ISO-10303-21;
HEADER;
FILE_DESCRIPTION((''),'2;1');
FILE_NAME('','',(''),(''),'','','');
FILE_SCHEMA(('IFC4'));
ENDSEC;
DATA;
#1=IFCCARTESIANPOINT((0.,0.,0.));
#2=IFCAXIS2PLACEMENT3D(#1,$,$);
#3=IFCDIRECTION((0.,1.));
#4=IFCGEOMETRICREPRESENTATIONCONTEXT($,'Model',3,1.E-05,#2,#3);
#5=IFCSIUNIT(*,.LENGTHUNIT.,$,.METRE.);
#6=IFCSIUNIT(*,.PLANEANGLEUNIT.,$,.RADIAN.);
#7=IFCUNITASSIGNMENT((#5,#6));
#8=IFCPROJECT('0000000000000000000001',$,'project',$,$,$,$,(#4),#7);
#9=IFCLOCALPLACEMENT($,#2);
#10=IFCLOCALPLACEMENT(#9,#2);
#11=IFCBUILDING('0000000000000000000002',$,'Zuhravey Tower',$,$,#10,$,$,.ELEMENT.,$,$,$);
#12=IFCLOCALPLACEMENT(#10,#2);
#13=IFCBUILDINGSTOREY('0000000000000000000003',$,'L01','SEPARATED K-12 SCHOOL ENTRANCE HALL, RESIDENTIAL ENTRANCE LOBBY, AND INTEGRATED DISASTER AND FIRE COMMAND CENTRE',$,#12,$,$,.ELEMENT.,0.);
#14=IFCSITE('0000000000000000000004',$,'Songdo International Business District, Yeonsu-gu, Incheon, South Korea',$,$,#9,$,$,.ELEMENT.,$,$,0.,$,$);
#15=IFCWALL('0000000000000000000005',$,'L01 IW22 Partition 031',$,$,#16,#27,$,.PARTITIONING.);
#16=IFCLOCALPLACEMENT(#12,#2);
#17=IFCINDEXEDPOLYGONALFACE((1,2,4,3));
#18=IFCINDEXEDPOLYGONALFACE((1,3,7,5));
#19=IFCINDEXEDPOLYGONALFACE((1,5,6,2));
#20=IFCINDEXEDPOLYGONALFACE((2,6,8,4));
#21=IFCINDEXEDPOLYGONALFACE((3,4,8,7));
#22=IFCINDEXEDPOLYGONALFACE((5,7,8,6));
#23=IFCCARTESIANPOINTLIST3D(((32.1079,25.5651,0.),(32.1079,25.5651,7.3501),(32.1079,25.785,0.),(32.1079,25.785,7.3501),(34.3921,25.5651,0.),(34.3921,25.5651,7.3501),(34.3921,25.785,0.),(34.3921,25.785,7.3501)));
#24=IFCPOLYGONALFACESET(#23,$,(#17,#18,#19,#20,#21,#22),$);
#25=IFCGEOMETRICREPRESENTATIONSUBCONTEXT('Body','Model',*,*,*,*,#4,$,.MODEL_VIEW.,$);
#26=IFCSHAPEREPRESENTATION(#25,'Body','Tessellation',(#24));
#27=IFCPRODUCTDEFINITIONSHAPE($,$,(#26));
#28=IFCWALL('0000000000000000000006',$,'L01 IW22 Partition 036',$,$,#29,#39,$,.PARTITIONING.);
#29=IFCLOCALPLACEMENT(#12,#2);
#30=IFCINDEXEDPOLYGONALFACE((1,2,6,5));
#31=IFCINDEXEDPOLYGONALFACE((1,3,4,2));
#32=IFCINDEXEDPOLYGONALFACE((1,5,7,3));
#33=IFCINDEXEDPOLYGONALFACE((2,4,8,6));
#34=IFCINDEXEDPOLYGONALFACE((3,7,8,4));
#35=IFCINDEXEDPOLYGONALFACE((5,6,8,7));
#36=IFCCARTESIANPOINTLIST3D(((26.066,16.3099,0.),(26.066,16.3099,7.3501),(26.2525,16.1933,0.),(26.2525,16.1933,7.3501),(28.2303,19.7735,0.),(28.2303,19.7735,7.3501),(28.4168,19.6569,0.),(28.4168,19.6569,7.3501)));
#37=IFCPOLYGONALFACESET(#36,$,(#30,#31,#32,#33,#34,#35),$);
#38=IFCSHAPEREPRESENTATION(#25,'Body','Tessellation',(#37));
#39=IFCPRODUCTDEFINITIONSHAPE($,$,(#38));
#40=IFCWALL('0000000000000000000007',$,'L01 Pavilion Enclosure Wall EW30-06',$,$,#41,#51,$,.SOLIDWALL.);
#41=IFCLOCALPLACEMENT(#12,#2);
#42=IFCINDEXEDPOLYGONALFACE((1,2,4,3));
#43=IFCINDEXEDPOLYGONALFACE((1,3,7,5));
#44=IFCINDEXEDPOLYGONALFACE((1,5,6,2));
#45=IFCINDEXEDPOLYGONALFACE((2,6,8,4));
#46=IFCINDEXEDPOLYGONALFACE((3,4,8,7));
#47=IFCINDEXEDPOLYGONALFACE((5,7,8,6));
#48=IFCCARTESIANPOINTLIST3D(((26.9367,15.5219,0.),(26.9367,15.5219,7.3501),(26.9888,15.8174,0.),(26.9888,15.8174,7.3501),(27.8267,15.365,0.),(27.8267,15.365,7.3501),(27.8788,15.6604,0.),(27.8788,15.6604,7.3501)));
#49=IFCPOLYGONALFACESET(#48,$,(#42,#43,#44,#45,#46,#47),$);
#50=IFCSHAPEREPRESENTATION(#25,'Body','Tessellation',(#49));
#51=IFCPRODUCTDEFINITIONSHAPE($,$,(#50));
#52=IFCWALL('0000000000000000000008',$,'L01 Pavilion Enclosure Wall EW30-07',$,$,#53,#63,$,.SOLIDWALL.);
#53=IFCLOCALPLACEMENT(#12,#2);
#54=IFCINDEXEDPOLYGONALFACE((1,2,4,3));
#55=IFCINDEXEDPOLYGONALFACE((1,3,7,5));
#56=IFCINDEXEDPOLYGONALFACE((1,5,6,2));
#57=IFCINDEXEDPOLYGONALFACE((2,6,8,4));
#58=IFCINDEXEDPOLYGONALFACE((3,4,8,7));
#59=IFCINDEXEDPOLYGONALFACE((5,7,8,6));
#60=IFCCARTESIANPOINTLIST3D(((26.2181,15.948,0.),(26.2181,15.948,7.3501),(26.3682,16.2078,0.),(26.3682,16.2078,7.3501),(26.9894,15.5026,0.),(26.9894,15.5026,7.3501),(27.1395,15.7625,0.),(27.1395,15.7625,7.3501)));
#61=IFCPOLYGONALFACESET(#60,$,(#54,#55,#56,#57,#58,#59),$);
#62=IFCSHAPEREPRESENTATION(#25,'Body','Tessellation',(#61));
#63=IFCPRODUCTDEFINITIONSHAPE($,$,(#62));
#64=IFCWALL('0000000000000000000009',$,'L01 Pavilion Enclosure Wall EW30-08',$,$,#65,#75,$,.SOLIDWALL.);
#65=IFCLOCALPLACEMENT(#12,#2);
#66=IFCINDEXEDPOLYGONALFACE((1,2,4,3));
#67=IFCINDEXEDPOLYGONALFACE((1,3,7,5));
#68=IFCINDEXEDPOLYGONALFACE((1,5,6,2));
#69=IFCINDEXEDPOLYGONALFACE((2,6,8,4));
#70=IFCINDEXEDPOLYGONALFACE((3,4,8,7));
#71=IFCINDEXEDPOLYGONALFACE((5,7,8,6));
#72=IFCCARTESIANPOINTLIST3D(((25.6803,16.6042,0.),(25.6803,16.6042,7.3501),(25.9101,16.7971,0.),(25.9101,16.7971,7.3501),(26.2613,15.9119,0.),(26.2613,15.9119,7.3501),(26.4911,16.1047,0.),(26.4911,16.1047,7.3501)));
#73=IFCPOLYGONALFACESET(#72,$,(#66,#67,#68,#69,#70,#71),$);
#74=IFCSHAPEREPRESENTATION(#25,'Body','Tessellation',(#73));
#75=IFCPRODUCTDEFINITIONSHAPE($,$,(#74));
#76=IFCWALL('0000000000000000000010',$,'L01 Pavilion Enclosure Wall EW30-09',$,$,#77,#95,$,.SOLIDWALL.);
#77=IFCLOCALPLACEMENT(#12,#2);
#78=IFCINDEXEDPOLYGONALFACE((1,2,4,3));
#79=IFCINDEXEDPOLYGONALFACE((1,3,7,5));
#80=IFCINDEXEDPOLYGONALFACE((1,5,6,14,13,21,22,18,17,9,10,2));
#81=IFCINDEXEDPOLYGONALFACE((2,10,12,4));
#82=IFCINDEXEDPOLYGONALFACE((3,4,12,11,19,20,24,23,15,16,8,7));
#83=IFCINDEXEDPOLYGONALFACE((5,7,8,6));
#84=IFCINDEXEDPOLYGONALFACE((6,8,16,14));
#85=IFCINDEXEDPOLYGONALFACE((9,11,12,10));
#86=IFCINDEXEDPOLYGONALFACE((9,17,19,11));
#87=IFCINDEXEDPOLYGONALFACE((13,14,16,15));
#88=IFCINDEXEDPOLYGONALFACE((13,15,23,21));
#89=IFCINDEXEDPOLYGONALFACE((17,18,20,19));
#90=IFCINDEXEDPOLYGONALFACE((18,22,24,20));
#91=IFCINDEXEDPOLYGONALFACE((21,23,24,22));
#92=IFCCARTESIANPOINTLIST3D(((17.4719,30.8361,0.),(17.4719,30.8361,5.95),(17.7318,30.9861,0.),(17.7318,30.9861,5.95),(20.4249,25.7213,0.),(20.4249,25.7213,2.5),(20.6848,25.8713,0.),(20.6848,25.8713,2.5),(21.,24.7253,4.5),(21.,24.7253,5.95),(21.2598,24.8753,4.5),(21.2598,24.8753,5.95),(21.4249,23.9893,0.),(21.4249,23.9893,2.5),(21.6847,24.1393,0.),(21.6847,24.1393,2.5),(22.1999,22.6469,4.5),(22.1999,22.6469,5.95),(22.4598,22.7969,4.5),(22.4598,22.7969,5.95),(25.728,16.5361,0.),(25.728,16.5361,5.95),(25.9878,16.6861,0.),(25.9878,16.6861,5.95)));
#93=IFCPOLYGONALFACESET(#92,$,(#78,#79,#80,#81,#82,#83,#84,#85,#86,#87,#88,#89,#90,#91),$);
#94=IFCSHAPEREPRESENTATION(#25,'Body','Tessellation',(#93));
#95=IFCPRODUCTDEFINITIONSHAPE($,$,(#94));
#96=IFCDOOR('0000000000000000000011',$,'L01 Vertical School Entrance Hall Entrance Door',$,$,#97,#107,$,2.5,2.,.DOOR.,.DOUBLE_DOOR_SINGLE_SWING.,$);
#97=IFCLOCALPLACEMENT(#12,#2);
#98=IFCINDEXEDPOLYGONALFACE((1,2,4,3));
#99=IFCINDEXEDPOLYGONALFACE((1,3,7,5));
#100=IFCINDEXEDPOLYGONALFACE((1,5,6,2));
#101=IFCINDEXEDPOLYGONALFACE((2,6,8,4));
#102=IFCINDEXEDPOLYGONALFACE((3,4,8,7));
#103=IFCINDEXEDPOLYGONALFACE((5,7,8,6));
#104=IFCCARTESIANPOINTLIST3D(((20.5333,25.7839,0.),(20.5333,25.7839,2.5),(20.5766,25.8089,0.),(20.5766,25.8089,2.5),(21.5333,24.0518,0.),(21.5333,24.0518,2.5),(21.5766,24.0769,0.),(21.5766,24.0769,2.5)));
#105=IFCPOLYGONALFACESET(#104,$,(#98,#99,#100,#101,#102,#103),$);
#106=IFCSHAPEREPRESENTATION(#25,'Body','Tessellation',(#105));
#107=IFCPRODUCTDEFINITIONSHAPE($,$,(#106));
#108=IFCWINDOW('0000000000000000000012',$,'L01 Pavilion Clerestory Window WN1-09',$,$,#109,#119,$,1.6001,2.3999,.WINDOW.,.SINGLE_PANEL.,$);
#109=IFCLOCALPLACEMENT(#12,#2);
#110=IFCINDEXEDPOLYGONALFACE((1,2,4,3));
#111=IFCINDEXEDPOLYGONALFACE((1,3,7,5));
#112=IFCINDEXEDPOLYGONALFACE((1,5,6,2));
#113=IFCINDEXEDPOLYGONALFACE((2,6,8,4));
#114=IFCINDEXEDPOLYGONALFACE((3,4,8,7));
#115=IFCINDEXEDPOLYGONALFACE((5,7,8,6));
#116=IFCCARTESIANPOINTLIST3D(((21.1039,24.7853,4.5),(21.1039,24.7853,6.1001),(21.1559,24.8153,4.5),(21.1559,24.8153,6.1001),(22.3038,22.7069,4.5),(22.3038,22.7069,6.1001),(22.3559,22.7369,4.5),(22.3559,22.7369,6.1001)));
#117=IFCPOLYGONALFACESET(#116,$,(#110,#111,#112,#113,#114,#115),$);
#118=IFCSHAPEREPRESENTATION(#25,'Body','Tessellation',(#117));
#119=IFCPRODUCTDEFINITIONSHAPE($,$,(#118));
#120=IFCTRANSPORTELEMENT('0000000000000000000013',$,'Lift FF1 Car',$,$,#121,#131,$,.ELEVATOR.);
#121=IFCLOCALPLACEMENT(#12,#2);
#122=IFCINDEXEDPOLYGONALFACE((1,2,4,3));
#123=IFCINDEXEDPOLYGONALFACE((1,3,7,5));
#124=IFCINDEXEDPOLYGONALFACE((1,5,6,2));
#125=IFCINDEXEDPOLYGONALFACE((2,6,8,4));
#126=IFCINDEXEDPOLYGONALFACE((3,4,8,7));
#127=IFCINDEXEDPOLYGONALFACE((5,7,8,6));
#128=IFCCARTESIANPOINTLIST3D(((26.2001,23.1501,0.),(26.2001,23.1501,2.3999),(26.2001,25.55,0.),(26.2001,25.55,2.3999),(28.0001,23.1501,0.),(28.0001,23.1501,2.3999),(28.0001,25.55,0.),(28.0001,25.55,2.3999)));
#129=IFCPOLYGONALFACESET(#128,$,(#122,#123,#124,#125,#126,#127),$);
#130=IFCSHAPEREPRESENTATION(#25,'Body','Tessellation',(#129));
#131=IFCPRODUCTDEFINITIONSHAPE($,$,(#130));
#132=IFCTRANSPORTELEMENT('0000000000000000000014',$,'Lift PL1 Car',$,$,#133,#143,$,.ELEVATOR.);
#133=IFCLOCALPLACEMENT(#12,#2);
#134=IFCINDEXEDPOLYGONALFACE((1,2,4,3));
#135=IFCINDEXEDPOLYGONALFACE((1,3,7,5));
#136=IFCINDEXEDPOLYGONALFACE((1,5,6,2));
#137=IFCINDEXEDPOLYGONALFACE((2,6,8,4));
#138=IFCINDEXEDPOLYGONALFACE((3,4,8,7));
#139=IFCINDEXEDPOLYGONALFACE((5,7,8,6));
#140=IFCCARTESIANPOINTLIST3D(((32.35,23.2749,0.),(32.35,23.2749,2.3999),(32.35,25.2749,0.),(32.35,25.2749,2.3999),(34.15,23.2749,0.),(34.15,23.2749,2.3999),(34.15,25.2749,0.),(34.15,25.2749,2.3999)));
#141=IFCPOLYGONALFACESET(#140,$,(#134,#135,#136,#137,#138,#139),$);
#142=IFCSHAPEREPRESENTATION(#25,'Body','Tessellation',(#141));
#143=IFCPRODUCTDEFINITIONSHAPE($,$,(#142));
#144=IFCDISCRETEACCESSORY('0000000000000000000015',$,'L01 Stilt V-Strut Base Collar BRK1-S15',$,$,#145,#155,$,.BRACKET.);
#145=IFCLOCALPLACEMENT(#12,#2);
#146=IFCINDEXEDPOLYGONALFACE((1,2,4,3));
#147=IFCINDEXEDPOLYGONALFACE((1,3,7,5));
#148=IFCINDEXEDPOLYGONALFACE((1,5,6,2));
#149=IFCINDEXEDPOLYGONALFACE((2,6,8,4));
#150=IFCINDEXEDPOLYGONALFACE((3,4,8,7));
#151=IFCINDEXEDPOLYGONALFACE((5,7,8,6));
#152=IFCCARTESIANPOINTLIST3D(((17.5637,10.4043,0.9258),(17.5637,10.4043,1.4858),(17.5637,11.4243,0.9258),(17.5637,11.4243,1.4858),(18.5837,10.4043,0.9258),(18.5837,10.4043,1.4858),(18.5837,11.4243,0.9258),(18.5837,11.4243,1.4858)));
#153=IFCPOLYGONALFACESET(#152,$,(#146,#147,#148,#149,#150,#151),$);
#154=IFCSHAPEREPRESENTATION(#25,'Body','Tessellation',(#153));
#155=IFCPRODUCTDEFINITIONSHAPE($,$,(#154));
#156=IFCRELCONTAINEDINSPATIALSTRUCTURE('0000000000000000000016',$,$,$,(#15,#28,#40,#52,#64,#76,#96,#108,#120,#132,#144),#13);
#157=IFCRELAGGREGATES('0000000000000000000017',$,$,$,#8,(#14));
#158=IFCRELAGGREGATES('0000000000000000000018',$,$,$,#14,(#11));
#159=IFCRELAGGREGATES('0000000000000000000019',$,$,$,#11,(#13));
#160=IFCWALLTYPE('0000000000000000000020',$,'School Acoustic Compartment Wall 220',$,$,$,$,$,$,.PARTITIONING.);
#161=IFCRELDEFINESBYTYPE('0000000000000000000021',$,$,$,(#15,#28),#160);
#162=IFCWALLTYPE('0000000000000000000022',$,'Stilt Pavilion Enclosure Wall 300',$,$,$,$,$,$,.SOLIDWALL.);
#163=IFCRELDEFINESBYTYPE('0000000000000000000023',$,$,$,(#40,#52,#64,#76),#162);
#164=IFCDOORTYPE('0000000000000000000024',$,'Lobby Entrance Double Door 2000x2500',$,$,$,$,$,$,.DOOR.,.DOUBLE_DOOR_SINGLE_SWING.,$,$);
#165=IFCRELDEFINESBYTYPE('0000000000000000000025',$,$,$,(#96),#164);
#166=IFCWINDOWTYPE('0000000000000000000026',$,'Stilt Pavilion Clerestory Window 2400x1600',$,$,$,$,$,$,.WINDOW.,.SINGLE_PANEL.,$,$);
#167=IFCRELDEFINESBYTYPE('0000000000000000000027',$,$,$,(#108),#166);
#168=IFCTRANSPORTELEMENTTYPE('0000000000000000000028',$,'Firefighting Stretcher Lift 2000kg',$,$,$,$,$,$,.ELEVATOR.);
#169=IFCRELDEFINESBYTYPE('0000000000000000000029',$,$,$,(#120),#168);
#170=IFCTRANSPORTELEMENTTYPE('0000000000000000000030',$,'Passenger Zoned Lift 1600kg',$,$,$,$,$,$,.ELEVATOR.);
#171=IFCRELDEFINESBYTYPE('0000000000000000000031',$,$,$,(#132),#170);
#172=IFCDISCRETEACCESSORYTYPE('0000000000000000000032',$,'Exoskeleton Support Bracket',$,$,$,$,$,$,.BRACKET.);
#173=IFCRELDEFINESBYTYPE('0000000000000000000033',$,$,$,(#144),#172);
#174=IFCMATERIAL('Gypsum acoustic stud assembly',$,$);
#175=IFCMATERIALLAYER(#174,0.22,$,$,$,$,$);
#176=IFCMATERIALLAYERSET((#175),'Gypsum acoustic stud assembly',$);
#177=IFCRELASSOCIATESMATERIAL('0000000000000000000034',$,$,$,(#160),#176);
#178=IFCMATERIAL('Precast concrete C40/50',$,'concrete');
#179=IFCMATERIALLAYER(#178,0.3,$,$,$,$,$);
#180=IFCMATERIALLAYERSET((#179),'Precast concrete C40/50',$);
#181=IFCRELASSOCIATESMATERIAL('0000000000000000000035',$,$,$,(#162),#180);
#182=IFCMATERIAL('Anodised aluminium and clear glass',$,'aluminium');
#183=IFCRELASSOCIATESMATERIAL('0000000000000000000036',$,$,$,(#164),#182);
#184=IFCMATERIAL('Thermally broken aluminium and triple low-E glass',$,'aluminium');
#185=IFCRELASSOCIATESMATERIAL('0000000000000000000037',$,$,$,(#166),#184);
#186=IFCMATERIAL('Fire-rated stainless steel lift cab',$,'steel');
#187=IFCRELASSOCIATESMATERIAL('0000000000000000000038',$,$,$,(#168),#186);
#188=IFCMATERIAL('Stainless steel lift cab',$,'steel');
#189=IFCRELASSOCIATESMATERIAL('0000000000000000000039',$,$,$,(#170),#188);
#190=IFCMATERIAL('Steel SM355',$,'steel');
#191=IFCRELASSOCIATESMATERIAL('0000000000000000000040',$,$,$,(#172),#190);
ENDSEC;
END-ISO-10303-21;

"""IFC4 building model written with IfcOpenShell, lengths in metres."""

from ifc_helpers import new_model, si_unit, direction, frame, frame_2d, origin, origin_2d, place, context, subcontext, project, spatial, rectangle, extrude, material, layer, layer_set, type_object, element, fill, save


model = new_model("IFC4")

# Units and contexts
model_context = context("Model", 3, precision=1e-05, world=origin(), true_north=direction((0.0, 1.0)))
body_context = subcontext(model_context, "Body", "Model", "MODEL_VIEW")
ifc_project = project(units=[si_unit("LENGTHUNIT", "METRE"), si_unit("PLANEANGLEUNIT", "RADIAN")], contexts=[model_context])

# Site, building, storey
site_placement = place(None, origin())
site = spatial("IfcSite", under=ifc_project, at=site_placement, Name="Songdo International Business District, Yeonsu-gu, Incheon, South Korea", CompositionType="ELEMENT", RefElevation=0.0)
building_placement = place(site_placement, origin())
building = spatial("IfcBuilding", under=site, at=building_placement, Name="Zuhravey Tower", CompositionType="ELEMENT")
storey_placement = place(building_placement, origin())
storey = spatial("IfcBuildingStorey", under=building, at=storey_placement, Name="L01", Description="SEPARATED K-12 SCHOOL ENTRANCE HALL, RESIDENTIAL ENTRANCE LOBBY, AND INTEGRATED DISASTER AND FIRE COMMAND CENTRE", CompositionType="ELEMENT", Elevation=0.0)

# Walls
ifc_material_1 = material(Name="Gypsum acoustic stud assembly")
ifc_layer_1 = layer(ifc_material_1, 0.22)
ifc_layer_set_1 = layer_set([ifc_layer_1], Name="Gypsum acoustic stud assembly")
wall_type_1 = type_object("IfcWallType", Name="School Acoustic Compartment Wall 220", PredefinedType="PARTITIONING", material=ifc_layer_set_1)
wall_1_placement = place(storey_placement, frame((32.1079, 25.675, 0.0), z_axis=(0.0, 0.0, 1.0), x_axis=(1.0, 0.0, 0.0)))
element("IfcWall", 1, at=wall_1_placement, inside=storey, type_object=wall_type_1, Name="L01 IW22 Partition 031", PredefinedType="PARTITIONING", context=body_context, shape_type="SweptSolid", body=[
    extrude(rectangle(XDim=2.2842, YDim=0.22, at=frame_2d((1.1421, 0.0))), origin(), (0.0, 0.0, 1.0), 7.3501),
])
wall_2_placement = place(storey_placement, frame((28.3235, 19.7151, 0.0), z_axis=(0.0, 0.0, 1.0), x_axis=(-0.529918, -0.848049, 0.0)))
element("IfcWall", 2, at=wall_2_placement, inside=storey, type_object=wall_type_1, Name="L01 IW22 Partition 036", PredefinedType="PARTITIONING", context=body_context, shape_type="SweptSolid", body=[
    extrude(rectangle(XDim=4.0842, YDim=0.22, at=frame_2d((2.042, 0.0))), origin(), (0.0, 0.0, 1.0), 7.3501),
])
ifc_material_2 = material(Name="Precast concrete C40/50", Category="concrete")
ifc_layer_2 = layer(ifc_material_2, 0.3)
ifc_layer_set_2 = layer_set([ifc_layer_2], Name="Precast concrete C40/50")
wall_type_2 = type_object("IfcWallType", Name="Stilt Pavilion Enclosure Wall 300", PredefinedType="SOLIDWALL", material=ifc_layer_set_2)
wall_3_placement = place(storey_placement, frame((27.8528, 15.5127, 0.0), z_axis=(0.0, 0.0, 1.0), x_axis=(-0.984803, 0.173677, 0.0)))
element("IfcWall", 3, at=wall_3_placement, inside=storey, type_object=wall_type_2, Name="L01 Pavilion Enclosure Wall EW30-06", PredefinedType="SOLIDWALL", context=body_context, shape_type="SweptSolid", body=[
    extrude(rectangle(XDim=0.9038, YDim=0.3, at=frame_2d((0.4519, 0.0))), origin(), (0.0, 0.0, 1.0), 7.3501),
])
wall_4_placement = place(storey_placement, frame((27.0645, 15.6326, 0.0), z_axis=(0.0, 0.0, 1.0), x_axis=(-0.866008, 0.500031, 0.0)))
element("IfcWall", 4, at=wall_4_placement, inside=storey, type_object=wall_type_2, Name="L01 Pavilion Enclosure Wall EW30-07", PredefinedType="SOLIDWALL", context=body_context, shape_type="SweptSolid", body=[
    extrude(rectangle(XDim=0.8906, YDim=0.3, at=frame_2d((0.4453, 0.0))), origin(), (0.0, 0.0, 1.0), 7.3501),
])
wall_5_placement = place(storey_placement, frame((26.3762, 16.0083, 0.0), z_axis=(0.0, 0.0, 1.0), x_axis=(-0.642837, 0.766003, 0.0)))
element("IfcWall", 5, at=wall_5_placement, inside=storey, type_object=wall_type_2, Name="L01 Pavilion Enclosure Wall EW30-08", PredefinedType="SOLIDWALL", context=body_context, shape_type="SweptSolid", body=[
    extrude(rectangle(XDim=0.9038, YDim=0.3, at=frame_2d((0.4519, 0.0))), origin(), (0.0, 0.0, 1.0), 7.3501),
])

# Wall, openings, door, window
wall_6_placement = place(storey_placement, frame((25.8579, 16.6111, 0.0), z_axis=(0.0, 0.0, 1.0), x_axis=(-0.499998, 0.866026, 0.0)))
wall_6 = element("IfcWall", 6, at=wall_6_placement, inside=storey, type_object=wall_type_2, Name="L01 Pavilion Enclosure Wall EW30-09", PredefinedType="SOLIDWALL", context=body_context, shape_type="SweptSolid", body=[
    extrude(rectangle(XDim=16.5122, YDim=0.3, at=frame_2d((8.2561, 0.0))), origin(), (0.0, 0.0, 1.0), 5.95),
])
opening_1_placement = place(wall_6_placement, frame((8.6062, 0.0, 0.0)))
opening_1 = element("IfcOpeningElement", 7, at=opening_1_placement, cuts=wall_6, PredefinedType="OPENING", context=body_context, shape_type="SweptSolid", body=[
    extrude(rectangle(XDim=2.0, YDim=2.5, at=frame_2d((1.0, 1.25))), frame((0.0, 0.1621, 0.0), z_axis=(0.0, -1.0, 0.0), x_axis=(1.0, 0.0, 0.0)), (0.0, 0.0, 1.0), 0.324),
])
opening_2_placement = place(wall_6_placement, frame((7.0562, 0.0, 4.5)))
opening_2 = element("IfcOpeningElement", 8, at=opening_2_placement, cuts=wall_6, PredefinedType="OPENING", context=body_context, shape_type="SweptSolid", body=[
    extrude(rectangle(XDim=2.3999, YDim=1.6001, at=frame_2d((1.2, 0.8))), frame((0.0, 0.1621, 0.0), z_axis=(0.0, -1.0, 0.0), x_axis=(1.0, 0.0, 0.0)), (0.0, 0.0, 1.0), 0.324),
])
ifc_material_3 = material(Name="Anodised aluminium and clear glass", Category="aluminium")
door_type_1 = type_object("IfcDoorType", Name="Lobby Entrance Double Door 2000x2500", OperationType="DOUBLE_DOOR_SINGLE_SWING", PredefinedType="DOOR", material=ifc_material_3)
door_1_placement = place(opening_1_placement, origin())
door_1 = element("IfcDoor", 9, at=door_1_placement, inside=storey, type_object=door_type_1, Name="L01 Vertical School Entrance Hall Entrance Door", OperationType="DOUBLE_DOOR_SINGLE_SWING", OverallHeight=2.5, OverallWidth=2.0, PredefinedType="DOOR", context=body_context, shape_type="SweptSolid", body=[
    extrude(rectangle(XDim=2.0, YDim=2.5, at=frame_2d((1.0, 1.25))), frame((0.0, 0.0249, 0.0), z_axis=(0.0, -1.0, 0.0), x_axis=(1.0, 0.0, 0.0)), (0.0, 0.0, 1.0), 0.05),
])
fill(opening_1, door_1)
ifc_material_4 = material(Name="Thermally broken aluminium and triple low-E glass", Category="aluminium")
window_type = type_object("IfcWindowType", Name="Stilt Pavilion Clerestory Window 2400x1600", PartitioningType="SINGLE_PANEL", PredefinedType="WINDOW", material=ifc_material_4)
window_placement = place(opening_2_placement, origin())
window = element("IfcWindow", 10, at=window_placement, inside=storey, type_object=window_type, Name="L01 Pavilion Clerestory Window WN1-09", OverallHeight=1.6001, OverallWidth=2.3999, PartitioningType="SINGLE_PANEL", PredefinedType="WINDOW", context=body_context, shape_type="SweptSolid", body=[
    extrude(rectangle(XDim=2.3999, YDim=1.6001, at=frame_2d((1.2, 0.8))), frame((0.0, 0.03, 0.0), z_axis=(0.0, -1.0, 0.0), x_axis=(1.0, 0.0, 0.0)), (0.0, 0.0, 1.0), 0.0601),
])
fill(opening_2, window)

# Transport elements
ifc_material_5 = material(Name="Fire-rated stainless steel lift cab", Category="steel")
transport_element_type_1 = type_object("IfcTransportElementType", Name="Firefighting Stretcher Lift 2000kg", PredefinedType="ELEVATOR", material=ifc_material_5)
transport_element_1_placement = place(storey_placement, frame((27.1001, 24.3501, 0.0), z_axis=(0.0, 0.0, 1.0), x_axis=(1.0, 0.0, 0.0)))
element("IfcTransportElement", 11, at=transport_element_1_placement, inside=storey, type_object=transport_element_type_1, Name="Lift FF1 Car", PredefinedType="ELEVATOR", context=body_context, shape_type="SweptSolid", body=[
    extrude(rectangle(XDim=1.8, YDim=2.3999, at=origin_2d()), origin(), (0.0, 0.0, 1.0), 2.3999),
])
ifc_material_6 = material(Name="Stainless steel lift cab", Category="steel")
transport_element_type_2 = type_object("IfcTransportElementType", Name="Passenger Zoned Lift 1600kg", PredefinedType="ELEVATOR", material=ifc_material_6)
transport_element_2_placement = place(storey_placement, frame((33.25, 24.2749, 0.0), z_axis=(0.0, 0.0, 1.0), x_axis=(1.0, 0.0, 0.0)))
element("IfcTransportElement", 12, at=transport_element_2_placement, inside=storey, type_object=transport_element_type_2, Name="Lift PL1 Car", PredefinedType="ELEVATOR", context=body_context, shape_type="SweptSolid", body=[
    extrude(rectangle(XDim=1.8, YDim=2.0, at=origin_2d()), origin(), (0.0, 0.0, 1.0), 2.3999),
])

# Discrete accessory
ifc_material_7 = material(Name="Steel SM355", Category="steel")
discrete_accessory_type = type_object("IfcDiscreteAccessoryType", Name="Exoskeleton Support Bracket", PredefinedType="BRACKET", material=ifc_material_7)
discrete_accessory_placement = place(storey_placement, frame((18.0737, 10.9143, 0.9258), z_axis=(0.0, 0.0, 1.0), x_axis=(1.0, 0.0, 0.0)))
element("IfcDiscreteAccessory", 13, at=discrete_accessory_placement, inside=storey, type_object=discrete_accessory_type, Name="L01 Stilt V-Strut Base Collar BRK1-S15", PredefinedType="BRACKET", context=body_context, shape_type="SweptSolid", body=[
    extrude(rectangle(XDim=1.02, YDim=1.02, at=origin_2d()), origin(), (0.0, 0.0, 1.0), 0.5601),
])

save(model, "model.ifc")
